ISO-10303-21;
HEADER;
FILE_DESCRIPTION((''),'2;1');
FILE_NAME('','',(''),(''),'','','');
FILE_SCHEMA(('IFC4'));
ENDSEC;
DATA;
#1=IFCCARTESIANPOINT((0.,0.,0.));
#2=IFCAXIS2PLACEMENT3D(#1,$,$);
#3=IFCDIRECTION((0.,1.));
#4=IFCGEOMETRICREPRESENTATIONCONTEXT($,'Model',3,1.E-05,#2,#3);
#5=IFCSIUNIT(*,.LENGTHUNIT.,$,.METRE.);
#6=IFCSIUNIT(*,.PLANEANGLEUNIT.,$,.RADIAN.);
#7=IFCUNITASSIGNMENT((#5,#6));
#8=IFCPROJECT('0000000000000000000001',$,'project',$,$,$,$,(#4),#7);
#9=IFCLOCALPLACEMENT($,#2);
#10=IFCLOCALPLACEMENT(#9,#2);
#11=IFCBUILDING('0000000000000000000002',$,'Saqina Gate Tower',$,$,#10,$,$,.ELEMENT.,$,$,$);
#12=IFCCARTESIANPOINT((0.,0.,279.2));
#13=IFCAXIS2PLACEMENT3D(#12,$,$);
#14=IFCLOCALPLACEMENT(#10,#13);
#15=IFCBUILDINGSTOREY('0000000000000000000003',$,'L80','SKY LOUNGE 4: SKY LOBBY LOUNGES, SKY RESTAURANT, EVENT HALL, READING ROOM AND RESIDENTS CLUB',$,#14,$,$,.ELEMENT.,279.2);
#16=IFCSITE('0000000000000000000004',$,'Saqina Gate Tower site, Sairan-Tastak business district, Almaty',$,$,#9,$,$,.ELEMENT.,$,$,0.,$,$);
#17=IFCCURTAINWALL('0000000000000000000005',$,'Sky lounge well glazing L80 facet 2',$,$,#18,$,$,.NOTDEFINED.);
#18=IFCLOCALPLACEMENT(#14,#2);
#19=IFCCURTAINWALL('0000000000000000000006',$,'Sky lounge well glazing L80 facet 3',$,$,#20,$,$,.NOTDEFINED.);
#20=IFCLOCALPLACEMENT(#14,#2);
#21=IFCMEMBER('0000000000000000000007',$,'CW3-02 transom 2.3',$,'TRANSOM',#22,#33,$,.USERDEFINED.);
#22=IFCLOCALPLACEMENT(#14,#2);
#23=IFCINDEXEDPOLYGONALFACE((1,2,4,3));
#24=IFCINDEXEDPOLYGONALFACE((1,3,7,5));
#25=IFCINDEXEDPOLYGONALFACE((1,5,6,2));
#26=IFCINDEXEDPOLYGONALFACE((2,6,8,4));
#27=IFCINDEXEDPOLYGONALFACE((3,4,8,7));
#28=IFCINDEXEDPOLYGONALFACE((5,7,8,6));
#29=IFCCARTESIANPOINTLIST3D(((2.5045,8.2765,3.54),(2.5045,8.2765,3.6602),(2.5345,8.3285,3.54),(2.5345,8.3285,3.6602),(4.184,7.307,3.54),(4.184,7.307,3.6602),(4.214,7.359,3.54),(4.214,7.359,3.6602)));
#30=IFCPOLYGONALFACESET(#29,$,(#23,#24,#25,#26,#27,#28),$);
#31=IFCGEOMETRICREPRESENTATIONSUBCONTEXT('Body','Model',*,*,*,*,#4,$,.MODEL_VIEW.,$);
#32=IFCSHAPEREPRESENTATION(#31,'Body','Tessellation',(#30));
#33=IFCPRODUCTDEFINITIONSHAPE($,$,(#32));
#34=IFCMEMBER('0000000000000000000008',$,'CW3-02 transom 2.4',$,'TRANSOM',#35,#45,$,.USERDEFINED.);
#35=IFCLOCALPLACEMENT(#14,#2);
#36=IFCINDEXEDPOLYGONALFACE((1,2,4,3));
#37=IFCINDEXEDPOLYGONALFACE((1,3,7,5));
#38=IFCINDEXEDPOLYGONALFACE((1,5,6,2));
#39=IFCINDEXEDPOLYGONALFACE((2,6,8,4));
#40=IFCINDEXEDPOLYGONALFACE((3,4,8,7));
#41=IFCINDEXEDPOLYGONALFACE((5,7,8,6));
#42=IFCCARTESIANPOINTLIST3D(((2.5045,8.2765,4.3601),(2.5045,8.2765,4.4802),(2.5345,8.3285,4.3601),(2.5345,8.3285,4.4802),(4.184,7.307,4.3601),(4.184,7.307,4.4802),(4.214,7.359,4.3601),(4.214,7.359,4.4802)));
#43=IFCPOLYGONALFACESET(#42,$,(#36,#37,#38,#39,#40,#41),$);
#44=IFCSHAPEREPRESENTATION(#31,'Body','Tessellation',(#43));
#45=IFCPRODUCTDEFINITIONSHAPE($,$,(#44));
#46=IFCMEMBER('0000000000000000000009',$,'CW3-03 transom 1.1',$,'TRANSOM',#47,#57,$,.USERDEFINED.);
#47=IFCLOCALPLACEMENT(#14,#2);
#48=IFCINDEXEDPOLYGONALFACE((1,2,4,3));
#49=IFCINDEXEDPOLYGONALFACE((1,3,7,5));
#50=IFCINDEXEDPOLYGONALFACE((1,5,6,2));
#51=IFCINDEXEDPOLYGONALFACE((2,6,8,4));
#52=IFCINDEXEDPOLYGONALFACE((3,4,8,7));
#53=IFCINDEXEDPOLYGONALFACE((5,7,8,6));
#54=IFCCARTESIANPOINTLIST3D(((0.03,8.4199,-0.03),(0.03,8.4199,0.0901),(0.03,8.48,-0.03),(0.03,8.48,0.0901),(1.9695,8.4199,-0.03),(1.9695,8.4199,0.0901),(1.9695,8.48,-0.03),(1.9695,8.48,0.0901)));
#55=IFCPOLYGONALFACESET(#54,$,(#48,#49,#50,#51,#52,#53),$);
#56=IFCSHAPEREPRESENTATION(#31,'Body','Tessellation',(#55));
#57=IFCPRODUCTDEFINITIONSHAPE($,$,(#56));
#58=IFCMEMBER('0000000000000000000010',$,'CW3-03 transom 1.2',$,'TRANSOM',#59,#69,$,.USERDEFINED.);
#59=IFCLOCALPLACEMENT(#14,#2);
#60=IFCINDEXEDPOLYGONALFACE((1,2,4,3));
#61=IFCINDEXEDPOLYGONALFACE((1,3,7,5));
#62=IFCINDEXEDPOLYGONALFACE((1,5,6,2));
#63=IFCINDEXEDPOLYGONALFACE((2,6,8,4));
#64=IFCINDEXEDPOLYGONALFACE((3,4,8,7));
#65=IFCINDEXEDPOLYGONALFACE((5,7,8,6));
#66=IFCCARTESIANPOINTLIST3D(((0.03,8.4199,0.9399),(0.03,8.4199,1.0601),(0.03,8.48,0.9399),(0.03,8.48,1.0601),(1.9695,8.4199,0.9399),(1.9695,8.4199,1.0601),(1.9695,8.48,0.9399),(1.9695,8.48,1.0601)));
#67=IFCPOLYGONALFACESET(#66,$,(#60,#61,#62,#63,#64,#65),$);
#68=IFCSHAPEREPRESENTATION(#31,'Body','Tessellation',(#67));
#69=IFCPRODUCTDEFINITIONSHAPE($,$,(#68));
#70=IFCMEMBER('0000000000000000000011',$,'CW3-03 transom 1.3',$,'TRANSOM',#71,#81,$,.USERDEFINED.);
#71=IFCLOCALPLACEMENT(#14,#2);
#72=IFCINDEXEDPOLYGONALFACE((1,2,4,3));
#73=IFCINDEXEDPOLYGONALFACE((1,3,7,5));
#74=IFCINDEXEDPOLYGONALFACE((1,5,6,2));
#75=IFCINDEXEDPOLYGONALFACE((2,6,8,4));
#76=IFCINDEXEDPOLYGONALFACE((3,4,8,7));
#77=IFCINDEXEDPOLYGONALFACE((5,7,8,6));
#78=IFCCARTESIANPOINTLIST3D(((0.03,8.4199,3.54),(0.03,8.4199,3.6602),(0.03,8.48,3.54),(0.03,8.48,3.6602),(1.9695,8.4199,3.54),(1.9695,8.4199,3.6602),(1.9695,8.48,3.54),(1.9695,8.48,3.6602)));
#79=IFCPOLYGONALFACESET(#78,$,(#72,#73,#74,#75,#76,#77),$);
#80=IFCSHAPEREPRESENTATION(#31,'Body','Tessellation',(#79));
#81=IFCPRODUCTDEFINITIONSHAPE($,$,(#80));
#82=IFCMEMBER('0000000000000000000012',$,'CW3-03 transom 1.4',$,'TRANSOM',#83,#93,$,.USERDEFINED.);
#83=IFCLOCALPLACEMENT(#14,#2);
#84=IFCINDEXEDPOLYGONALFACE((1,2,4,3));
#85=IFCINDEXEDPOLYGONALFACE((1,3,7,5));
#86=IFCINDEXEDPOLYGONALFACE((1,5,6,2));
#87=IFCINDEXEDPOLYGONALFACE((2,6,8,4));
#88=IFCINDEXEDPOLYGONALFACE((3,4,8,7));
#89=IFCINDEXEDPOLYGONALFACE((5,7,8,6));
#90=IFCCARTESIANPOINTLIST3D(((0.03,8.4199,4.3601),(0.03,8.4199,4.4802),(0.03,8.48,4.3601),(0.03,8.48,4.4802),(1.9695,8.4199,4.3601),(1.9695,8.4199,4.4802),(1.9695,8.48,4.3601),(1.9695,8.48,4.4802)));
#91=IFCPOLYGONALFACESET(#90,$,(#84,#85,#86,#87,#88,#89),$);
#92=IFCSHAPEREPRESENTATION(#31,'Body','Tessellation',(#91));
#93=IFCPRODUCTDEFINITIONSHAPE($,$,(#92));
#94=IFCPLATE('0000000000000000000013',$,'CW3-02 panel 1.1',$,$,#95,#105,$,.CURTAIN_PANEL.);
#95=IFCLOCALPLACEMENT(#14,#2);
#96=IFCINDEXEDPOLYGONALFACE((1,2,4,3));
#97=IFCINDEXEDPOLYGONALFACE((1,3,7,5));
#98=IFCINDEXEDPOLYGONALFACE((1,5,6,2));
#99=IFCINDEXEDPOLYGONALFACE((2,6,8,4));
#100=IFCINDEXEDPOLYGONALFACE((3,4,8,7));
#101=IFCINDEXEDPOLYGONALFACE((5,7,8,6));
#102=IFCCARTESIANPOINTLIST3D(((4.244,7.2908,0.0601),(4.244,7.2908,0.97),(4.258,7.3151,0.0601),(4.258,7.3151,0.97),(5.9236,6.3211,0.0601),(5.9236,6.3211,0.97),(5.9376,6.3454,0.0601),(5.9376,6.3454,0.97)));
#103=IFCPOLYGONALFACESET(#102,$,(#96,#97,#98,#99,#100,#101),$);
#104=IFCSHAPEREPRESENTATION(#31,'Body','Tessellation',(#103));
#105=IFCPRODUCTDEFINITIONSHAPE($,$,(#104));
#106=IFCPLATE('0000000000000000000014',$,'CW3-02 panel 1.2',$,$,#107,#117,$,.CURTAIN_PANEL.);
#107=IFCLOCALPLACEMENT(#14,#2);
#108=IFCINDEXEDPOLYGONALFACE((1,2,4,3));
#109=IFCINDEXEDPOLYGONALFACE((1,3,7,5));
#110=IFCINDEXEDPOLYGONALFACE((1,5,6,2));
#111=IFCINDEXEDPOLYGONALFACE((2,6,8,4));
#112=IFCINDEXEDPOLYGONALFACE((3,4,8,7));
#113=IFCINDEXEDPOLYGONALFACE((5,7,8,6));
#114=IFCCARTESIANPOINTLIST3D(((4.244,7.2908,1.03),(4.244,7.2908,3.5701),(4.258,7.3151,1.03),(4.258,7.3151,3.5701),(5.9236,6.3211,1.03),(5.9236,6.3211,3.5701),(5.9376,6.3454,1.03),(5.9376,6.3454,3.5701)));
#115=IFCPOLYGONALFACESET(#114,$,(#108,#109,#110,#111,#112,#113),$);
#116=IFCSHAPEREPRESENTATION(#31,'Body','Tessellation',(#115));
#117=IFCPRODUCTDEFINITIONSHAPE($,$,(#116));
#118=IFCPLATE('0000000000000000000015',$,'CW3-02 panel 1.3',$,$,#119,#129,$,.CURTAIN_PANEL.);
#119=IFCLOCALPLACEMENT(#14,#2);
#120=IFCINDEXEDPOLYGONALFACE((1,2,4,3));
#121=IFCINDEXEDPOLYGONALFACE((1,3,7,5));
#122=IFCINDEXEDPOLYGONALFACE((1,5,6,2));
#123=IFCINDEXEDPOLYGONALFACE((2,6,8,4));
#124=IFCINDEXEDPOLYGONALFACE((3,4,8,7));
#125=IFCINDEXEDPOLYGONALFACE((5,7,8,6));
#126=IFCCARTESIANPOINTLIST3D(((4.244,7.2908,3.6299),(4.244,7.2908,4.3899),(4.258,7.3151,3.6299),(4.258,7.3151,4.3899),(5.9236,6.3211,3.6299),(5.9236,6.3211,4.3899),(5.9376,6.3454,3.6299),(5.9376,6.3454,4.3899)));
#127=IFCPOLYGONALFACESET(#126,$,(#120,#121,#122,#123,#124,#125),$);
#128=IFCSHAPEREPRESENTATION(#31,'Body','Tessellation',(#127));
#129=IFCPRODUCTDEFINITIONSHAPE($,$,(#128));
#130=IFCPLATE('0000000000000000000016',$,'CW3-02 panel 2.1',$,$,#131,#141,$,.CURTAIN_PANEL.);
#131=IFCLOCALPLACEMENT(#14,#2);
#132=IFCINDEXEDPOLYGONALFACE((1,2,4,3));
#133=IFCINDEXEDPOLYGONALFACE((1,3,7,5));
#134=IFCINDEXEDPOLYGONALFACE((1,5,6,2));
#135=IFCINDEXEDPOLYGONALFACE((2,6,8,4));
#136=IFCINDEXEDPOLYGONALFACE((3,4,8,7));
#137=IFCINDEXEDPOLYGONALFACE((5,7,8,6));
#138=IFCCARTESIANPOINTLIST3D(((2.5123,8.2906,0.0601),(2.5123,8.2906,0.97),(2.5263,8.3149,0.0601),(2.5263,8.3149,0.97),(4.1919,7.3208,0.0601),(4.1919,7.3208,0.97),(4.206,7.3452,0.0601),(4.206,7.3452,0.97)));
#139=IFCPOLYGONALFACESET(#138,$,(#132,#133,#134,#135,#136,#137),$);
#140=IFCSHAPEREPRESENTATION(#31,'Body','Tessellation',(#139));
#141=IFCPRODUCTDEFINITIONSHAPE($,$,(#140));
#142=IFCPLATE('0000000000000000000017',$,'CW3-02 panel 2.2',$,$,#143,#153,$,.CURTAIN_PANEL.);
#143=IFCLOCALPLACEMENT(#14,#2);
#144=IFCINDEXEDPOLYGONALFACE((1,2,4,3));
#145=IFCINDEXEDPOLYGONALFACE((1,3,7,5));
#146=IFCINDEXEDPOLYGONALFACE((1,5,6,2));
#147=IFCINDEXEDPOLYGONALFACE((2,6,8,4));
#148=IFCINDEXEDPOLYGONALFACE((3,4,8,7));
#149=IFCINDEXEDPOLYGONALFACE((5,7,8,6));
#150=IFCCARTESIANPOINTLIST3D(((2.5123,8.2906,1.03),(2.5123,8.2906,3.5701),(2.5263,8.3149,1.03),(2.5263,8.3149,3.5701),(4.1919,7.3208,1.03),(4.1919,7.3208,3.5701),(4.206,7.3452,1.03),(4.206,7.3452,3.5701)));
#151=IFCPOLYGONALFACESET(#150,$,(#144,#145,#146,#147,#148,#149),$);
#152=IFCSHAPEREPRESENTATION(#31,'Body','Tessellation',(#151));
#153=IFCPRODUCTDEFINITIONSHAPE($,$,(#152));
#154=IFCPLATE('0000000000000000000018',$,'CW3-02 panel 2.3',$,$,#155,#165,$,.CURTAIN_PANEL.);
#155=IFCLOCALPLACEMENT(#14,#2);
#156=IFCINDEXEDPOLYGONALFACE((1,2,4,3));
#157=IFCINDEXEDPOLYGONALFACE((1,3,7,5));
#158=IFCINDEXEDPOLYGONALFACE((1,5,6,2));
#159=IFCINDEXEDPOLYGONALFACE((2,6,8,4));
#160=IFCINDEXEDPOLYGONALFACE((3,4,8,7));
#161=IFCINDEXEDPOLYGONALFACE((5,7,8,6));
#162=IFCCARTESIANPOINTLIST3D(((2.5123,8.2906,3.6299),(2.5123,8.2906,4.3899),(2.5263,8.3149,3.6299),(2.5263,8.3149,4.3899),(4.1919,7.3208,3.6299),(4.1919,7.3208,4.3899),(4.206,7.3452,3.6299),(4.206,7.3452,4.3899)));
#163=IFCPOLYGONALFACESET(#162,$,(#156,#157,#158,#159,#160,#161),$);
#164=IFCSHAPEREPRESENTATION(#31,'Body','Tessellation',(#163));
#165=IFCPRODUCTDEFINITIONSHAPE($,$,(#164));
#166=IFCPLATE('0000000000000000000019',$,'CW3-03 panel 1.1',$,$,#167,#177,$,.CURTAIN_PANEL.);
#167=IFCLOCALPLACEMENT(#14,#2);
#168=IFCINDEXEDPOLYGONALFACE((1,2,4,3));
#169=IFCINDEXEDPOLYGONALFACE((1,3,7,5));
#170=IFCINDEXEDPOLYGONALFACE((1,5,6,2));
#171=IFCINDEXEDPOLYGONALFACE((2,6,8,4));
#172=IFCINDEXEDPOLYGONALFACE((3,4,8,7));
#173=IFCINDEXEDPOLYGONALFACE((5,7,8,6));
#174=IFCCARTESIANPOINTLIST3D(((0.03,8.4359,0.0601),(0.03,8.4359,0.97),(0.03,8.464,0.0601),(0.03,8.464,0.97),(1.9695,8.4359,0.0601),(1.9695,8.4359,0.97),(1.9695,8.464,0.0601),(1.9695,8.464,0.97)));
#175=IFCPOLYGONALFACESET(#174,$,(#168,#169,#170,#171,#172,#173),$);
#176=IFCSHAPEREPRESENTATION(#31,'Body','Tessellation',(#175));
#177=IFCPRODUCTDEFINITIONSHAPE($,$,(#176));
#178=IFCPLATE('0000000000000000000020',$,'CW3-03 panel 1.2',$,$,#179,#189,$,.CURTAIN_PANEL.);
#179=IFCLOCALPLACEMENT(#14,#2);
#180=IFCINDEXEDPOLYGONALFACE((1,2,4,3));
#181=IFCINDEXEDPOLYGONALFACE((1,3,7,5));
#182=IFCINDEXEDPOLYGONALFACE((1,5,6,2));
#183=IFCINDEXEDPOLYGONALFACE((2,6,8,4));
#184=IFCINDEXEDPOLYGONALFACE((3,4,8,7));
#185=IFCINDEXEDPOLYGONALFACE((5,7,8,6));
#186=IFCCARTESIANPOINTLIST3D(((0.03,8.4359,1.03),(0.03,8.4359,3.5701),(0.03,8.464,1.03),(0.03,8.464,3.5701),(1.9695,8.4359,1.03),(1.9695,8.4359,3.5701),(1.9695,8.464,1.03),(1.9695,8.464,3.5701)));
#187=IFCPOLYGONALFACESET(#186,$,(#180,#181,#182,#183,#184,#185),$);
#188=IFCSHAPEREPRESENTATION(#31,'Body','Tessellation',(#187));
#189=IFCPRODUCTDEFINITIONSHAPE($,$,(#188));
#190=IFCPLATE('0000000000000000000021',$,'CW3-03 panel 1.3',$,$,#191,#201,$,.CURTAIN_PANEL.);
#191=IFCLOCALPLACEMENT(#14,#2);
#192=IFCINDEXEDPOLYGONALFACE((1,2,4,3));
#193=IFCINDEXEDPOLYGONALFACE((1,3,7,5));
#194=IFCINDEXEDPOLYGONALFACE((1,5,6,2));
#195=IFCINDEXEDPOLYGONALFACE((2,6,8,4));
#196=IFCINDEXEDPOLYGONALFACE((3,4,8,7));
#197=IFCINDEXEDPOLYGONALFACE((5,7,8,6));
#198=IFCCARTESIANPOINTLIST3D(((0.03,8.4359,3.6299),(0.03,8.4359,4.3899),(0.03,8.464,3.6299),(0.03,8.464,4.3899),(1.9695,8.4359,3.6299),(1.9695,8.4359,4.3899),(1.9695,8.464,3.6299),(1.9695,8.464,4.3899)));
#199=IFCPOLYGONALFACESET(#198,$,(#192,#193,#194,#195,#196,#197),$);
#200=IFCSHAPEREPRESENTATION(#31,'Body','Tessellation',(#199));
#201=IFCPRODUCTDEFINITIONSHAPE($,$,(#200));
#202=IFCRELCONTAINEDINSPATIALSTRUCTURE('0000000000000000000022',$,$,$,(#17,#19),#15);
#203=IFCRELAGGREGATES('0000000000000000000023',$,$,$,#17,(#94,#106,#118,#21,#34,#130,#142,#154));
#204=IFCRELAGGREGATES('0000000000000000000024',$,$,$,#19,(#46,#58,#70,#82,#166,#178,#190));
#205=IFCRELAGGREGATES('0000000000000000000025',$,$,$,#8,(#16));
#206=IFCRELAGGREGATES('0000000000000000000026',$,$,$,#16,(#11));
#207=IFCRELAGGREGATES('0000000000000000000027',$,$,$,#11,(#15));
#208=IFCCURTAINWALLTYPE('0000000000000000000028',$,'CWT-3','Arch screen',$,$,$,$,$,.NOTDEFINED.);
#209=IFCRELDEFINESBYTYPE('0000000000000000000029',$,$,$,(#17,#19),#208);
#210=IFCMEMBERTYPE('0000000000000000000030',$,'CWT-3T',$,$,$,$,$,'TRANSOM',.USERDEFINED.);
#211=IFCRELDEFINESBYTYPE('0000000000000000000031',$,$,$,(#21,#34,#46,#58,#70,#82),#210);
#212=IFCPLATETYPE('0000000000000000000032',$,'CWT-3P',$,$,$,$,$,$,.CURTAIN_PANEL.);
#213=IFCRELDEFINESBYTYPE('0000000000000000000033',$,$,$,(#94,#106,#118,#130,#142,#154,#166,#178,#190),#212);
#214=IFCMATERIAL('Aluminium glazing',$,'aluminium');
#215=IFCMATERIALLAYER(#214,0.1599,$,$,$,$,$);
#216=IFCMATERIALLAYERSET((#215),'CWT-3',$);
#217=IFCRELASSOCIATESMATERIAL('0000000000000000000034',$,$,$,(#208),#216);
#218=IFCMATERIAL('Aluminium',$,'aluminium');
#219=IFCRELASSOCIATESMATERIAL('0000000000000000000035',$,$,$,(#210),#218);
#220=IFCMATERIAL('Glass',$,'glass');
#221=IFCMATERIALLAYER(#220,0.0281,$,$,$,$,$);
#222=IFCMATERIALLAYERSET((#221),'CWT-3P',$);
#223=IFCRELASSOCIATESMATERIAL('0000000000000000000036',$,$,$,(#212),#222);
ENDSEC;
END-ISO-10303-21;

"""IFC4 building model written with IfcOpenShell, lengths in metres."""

from ifc_helpers import new_model, si_unit, direction, frame, origin, origin_2d, place, context, subcontext, project, spatial, rectangle, extrude, material, layer, layer_set, material_profile, profile_set, type_object, element, aggregate, save


model = new_model("IFC4")

# Units and contexts
model_context = context("Model", 3, precision=1e-05, world=origin(), true_north=direction((0.0, 1.0)))
body_context = subcontext(model_context, "Body", "Model", "MODEL_VIEW")
ifc_project = project(units=[si_unit("LENGTHUNIT", "METRE"), si_unit("PLANEANGLEUNIT", "RADIAN")], contexts=[model_context])

# Site, building, storey
site_placement = place(None, origin())
site = spatial("IfcSite", under=ifc_project, at=site_placement, Name="Saqina Gate Tower site, Sairan-Tastak business district, Almaty", CompositionType="ELEMENT", RefElevation=0.0)
building_placement = place(site_placement, origin())
building = spatial("IfcBuilding", under=site, at=building_placement, Name="Saqina Gate Tower", CompositionType="ELEMENT")
storey_placement = place(building_placement, frame((0.0, 0.0, 279.2)))
storey = spatial("IfcBuildingStorey", under=building, at=storey_placement, Name="L80", Description="SKY LOUNGE 4: SKY LOBBY LOUNGES, SKY RESTAURANT, EVENT HALL, READING ROOM AND RESIDENTS CLUB", CompositionType="ELEMENT", Elevation=279.2)

# Shared definitions
ifc_material_1 = material(Name="Aluminium glazing", Category="aluminium")
ifc_layer_1 = layer(ifc_material_1, 0.1599)
ifc_layer_set_1 = layer_set([ifc_layer_1], Name="CWT-3")
curtain_wall_type = type_object("IfcCurtainWallType", Name="CWT-3", Description="Arch screen", PredefinedType="NOTDEFINED", material=ifc_layer_set_1)

# Curtain walls
curtain_wall_1_placement = place(storey_placement, origin())
curtain_wall_1 = element("IfcCurtainWall", 1, at=curtain_wall_1_placement, inside=storey, type_object=curtain_wall_type, Name="Sky lounge well glazing L80 facet 2", PredefinedType="NOTDEFINED")
curtain_wall_2_placement = place(storey_placement, origin())
curtain_wall_2 = element("IfcCurtainWall", 2, at=curtain_wall_2_placement, inside=storey, type_object=curtain_wall_type, Name="Sky lounge well glazing L80 facet 3", PredefinedType="NOTDEFINED")

# Members
ifc_material_2 = material(Name="Aluminium", Category="aluminium")
ifc_material_profile_1 = material_profile(ifc_material_2, rectangle(XDim=0.0601, YDim=0.1201, at=origin_2d()), Name="Aluminium 60x120")
ifc_profile_set_1 = profile_set([ifc_material_profile_1], Name="Aluminium")
member_type_1 = type_object("IfcMemberType", Name="CWT-3T", ElementType="TRANSOM", PredefinedType="USERDEFINED", material=ifc_profile_set_1)
member_1_placement = place(storey_placement, frame((4.199, 7.333, 3.6001), z_axis=(-0.866058, 0.499944, 0.0), x_axis=(-0.499944, -0.866058, 0.0)))
member_1 = element("IfcMember", 3, at=member_1_placement, type_object=member_type_1, Name="CW3-02 transom 2.3", ObjectType="TRANSOM", PredefinedType="USERDEFINED", context=body_context, shape_type="SweptSolid", body=[
    extrude(rectangle(XDim=0.0601, YDim=0.1201, at=origin_2d()), origin(), (0.0, 0.0, 1.0), 1.9392),
])
member_2_placement = place(storey_placement, frame((4.199, 7.333, 4.4202), z_axis=(-0.866058, 0.499944, 0.0), x_axis=(-0.499944, -0.866058, 0.0)))
member_2 = element("IfcMember", 4, at=member_2_placement, type_object=member_type_1, Name="CW3-02 transom 2.4", ObjectType="TRANSOM", PredefinedType="USERDEFINED", context=body_context, shape_type="SweptSolid", body=[
    extrude(rectangle(XDim=0.0601, YDim=0.1201, at=origin_2d()), origin(), (0.0, 0.0, 1.0), 1.9392),
])
member_3_placement = place(storey_placement, frame((1.9695, 8.45, 0.03), z_axis=(-1.0, 0.0, 0.0), x_axis=(0.0, -1.0, 0.0)))
member_3 = element("IfcMember", 5, at=member_3_placement, type_object=member_type_1, Name="CW3-03 transom 1.1", ObjectType="TRANSOM", PredefinedType="USERDEFINED", context=body_context, shape_type="SweptSolid", body=[
    extrude(rectangle(XDim=0.0601, YDim=0.1201, at=origin_2d()), origin(), (0.0, 0.0, 1.0), 1.9395),
])
member_4_placement = place(storey_placement, frame((1.9695, 8.45, 1.0), z_axis=(-1.0, 0.0, 0.0), x_axis=(0.0, -1.0, 0.0)))
member_4 = element("IfcMember", 6, at=member_4_placement, type_object=member_type_1, Name="CW3-03 transom 1.2", ObjectType="TRANSOM", PredefinedType="USERDEFINED", context=body_context, shape_type="SweptSolid", body=[
    extrude(rectangle(XDim=0.0601, YDim=0.1201, at=origin_2d()), origin(), (0.0, 0.0, 1.0), 1.9395),
])
member_5_placement = place(storey_placement, frame((1.9695, 8.45, 3.6001), z_axis=(-1.0, 0.0, 0.0), x_axis=(0.0, -1.0, 0.0)))
member_5 = element("IfcMember", 7, at=member_5_placement, type_object=member_type_1, Name="CW3-03 transom 1.3", ObjectType="TRANSOM", PredefinedType="USERDEFINED", context=body_context, shape_type="SweptSolid", body=[
    extrude(rectangle(XDim=0.0601, YDim=0.1201, at=origin_2d()), origin(), (0.0, 0.0, 1.0), 1.9395),
])
member_6_placement = place(storey_placement, frame((1.9695, 8.45, 4.4202), z_axis=(-1.0, 0.0, 0.0), x_axis=(0.0, -1.0, 0.0)))
member_6 = element("IfcMember", 8, at=member_6_placement, type_object=member_type_1, Name="CW3-03 transom 1.4", ObjectType="TRANSOM", PredefinedType="USERDEFINED", context=body_context, shape_type="SweptSolid", body=[
    extrude(rectangle(XDim=0.0601, YDim=0.1201, at=origin_2d()), origin(), (0.0, 0.0, 1.0), 1.9395),
])

# Plates
ifc_material_3 = material(Name="Glass", Category="glass")
ifc_layer_2 = layer(ifc_material_3, 0.0281)
ifc_layer_set_2 = layer_set([ifc_layer_2], Name="CWT-3P")
plate_type = type_object("IfcPlateType", Name="CWT-3P", PredefinedType="CURTAIN_PANEL", material=ifc_layer_set_2)
plate_1_placement = place(storey_placement, frame((5.0908, 6.8181, 0.0601), z_axis=(0.0, 0.0, 1.0), x_axis=(-0.866024, 0.500003, 0.0)))
plate_1 = element("IfcPlate", 9, at=plate_1_placement, type_object=plate_type, Name="CW3-02 panel 1.1", PredefinedType="CURTAIN_PANEL", context=body_context, shape_type="SweptSolid", body=[
    extrude(rectangle(XDim=1.9395, YDim=0.0281, at=origin_2d()), origin(), (0.0, 0.0, 1.0), 0.9099),
])
plate_2_placement = place(storey_placement, frame((5.0908, 6.8181, 1.03), z_axis=(0.0, 0.0, 1.0), x_axis=(-0.866024, 0.500003, 0.0)))
plate_2 = element("IfcPlate", 10, at=plate_2_placement, type_object=plate_type, Name="CW3-02 panel 1.2", PredefinedType="CURTAIN_PANEL", context=body_context, shape_type="SweptSolid", body=[
    extrude(rectangle(XDim=1.9395, YDim=0.0281, at=origin_2d()), origin(), (0.0, 0.0, 1.0), 2.54),
])
plate_3_placement = place(storey_placement, frame((5.0908, 6.8181, 3.6299), z_axis=(0.0, 0.0, 1.0), x_axis=(-0.866024, 0.500003, 0.0)))
plate_3 = element("IfcPlate", 11, at=plate_3_placement, type_object=plate_type, Name="CW3-02 panel 1.3", PredefinedType="CURTAIN_PANEL", context=body_context, shape_type="SweptSolid", body=[
    extrude(rectangle(XDim=1.9395, YDim=0.0281, at=origin_2d()), origin(), (0.0, 0.0, 1.0), 0.76),
])
plate_4_placement = place(storey_placement, frame((3.3591, 7.8179, 0.0601), z_axis=(0.0, 0.0, 1.0), x_axis=(-0.866024, 0.500003, 0.0)))
plate_4 = element("IfcPlate", 12, at=plate_4_placement, type_object=plate_type, Name="CW3-02 panel 2.1", PredefinedType="CURTAIN_PANEL", context=body_context, shape_type="SweptSolid", body=[
    extrude(rectangle(XDim=1.9395, YDim=0.0281, at=origin_2d()), origin(), (0.0, 0.0, 1.0), 0.9099),
])
plate_5_placement = place(storey_placement, frame((3.3591, 7.8179, 1.03), z_axis=(0.0, 0.0, 1.0), x_axis=(-0.866024, 0.500003, 0.0)))
plate_5 = element("IfcPlate", 13, at=plate_5_placement, type_object=plate_type, Name="CW3-02 panel 2.2", PredefinedType="CURTAIN_PANEL", context=body_context, shape_type="SweptSolid", body=[
    extrude(rectangle(XDim=1.9395, YDim=0.0281, at=origin_2d()), origin(), (0.0, 0.0, 1.0), 2.54),
])
plate_6_placement = place(storey_placement, frame((3.3591, 7.8179, 3.6299), z_axis=(0.0, 0.0, 1.0), x_axis=(-0.866024, 0.500003, 0.0)))
plate_6 = element("IfcPlate", 14, at=plate_6_placement, type_object=plate_type, Name="CW3-02 panel 2.3", PredefinedType="CURTAIN_PANEL", context=body_context, shape_type="SweptSolid", body=[
    extrude(rectangle(XDim=1.9395, YDim=0.0281, at=origin_2d()), origin(), (0.0, 0.0, 1.0), 0.76),
])
aggregate(curtain_wall_1, [plate_1, plate_2, plate_3, member_1, member_2, plate_4, plate_5, plate_6])
plate_7_placement = place(storey_placement, frame((0.9998, 8.45, 0.0601), z_axis=(0.0, 0.0, 1.0), x_axis=(-1.0, 0.0, 0.0)))
plate_7 = element("IfcPlate", 15, at=plate_7_placement, type_object=plate_type, Name="CW3-03 panel 1.1", PredefinedType="CURTAIN_PANEL", context=body_context, shape_type="SweptSolid", body=[
    extrude(rectangle(XDim=1.9395, YDim=0.0281, at=origin_2d()), origin(), (0.0, 0.0, 1.0), 0.9099),
])
plate_8_placement = place(storey_placement, frame((0.9998, 8.45, 1.03), z_axis=(0.0, 0.0, 1.0), x_axis=(-1.0, 0.0, 0.0)))
plate_8 = element("IfcPlate", 16, at=plate_8_placement, type_object=plate_type, Name="CW3-03 panel 1.2", PredefinedType="CURTAIN_PANEL", context=body_context, shape_type="SweptSolid", body=[
    extrude(rectangle(XDim=1.9395, YDim=0.0281, at=origin_2d()), origin(), (0.0, 0.0, 1.0), 2.54),
])
plate_9_placement = place(storey_placement, frame((0.9998, 8.45, 3.6299), z_axis=(0.0, 0.0, 1.0), x_axis=(-1.0, 0.0, 0.0)))
plate_9 = element("IfcPlate", 17, at=plate_9_placement, type_object=plate_type, Name="CW3-03 panel 1.3", PredefinedType="CURTAIN_PANEL", context=body_context, shape_type="SweptSolid", body=[
    extrude(rectangle(XDim=1.9395, YDim=0.0281, at=origin_2d()), origin(), (0.0, 0.0, 1.0), 0.76),
])
aggregate(curtain_wall_2, [member_3, member_4, member_5, member_6, plate_7, plate_8, plate_9])

save(model, "model.ifc")
